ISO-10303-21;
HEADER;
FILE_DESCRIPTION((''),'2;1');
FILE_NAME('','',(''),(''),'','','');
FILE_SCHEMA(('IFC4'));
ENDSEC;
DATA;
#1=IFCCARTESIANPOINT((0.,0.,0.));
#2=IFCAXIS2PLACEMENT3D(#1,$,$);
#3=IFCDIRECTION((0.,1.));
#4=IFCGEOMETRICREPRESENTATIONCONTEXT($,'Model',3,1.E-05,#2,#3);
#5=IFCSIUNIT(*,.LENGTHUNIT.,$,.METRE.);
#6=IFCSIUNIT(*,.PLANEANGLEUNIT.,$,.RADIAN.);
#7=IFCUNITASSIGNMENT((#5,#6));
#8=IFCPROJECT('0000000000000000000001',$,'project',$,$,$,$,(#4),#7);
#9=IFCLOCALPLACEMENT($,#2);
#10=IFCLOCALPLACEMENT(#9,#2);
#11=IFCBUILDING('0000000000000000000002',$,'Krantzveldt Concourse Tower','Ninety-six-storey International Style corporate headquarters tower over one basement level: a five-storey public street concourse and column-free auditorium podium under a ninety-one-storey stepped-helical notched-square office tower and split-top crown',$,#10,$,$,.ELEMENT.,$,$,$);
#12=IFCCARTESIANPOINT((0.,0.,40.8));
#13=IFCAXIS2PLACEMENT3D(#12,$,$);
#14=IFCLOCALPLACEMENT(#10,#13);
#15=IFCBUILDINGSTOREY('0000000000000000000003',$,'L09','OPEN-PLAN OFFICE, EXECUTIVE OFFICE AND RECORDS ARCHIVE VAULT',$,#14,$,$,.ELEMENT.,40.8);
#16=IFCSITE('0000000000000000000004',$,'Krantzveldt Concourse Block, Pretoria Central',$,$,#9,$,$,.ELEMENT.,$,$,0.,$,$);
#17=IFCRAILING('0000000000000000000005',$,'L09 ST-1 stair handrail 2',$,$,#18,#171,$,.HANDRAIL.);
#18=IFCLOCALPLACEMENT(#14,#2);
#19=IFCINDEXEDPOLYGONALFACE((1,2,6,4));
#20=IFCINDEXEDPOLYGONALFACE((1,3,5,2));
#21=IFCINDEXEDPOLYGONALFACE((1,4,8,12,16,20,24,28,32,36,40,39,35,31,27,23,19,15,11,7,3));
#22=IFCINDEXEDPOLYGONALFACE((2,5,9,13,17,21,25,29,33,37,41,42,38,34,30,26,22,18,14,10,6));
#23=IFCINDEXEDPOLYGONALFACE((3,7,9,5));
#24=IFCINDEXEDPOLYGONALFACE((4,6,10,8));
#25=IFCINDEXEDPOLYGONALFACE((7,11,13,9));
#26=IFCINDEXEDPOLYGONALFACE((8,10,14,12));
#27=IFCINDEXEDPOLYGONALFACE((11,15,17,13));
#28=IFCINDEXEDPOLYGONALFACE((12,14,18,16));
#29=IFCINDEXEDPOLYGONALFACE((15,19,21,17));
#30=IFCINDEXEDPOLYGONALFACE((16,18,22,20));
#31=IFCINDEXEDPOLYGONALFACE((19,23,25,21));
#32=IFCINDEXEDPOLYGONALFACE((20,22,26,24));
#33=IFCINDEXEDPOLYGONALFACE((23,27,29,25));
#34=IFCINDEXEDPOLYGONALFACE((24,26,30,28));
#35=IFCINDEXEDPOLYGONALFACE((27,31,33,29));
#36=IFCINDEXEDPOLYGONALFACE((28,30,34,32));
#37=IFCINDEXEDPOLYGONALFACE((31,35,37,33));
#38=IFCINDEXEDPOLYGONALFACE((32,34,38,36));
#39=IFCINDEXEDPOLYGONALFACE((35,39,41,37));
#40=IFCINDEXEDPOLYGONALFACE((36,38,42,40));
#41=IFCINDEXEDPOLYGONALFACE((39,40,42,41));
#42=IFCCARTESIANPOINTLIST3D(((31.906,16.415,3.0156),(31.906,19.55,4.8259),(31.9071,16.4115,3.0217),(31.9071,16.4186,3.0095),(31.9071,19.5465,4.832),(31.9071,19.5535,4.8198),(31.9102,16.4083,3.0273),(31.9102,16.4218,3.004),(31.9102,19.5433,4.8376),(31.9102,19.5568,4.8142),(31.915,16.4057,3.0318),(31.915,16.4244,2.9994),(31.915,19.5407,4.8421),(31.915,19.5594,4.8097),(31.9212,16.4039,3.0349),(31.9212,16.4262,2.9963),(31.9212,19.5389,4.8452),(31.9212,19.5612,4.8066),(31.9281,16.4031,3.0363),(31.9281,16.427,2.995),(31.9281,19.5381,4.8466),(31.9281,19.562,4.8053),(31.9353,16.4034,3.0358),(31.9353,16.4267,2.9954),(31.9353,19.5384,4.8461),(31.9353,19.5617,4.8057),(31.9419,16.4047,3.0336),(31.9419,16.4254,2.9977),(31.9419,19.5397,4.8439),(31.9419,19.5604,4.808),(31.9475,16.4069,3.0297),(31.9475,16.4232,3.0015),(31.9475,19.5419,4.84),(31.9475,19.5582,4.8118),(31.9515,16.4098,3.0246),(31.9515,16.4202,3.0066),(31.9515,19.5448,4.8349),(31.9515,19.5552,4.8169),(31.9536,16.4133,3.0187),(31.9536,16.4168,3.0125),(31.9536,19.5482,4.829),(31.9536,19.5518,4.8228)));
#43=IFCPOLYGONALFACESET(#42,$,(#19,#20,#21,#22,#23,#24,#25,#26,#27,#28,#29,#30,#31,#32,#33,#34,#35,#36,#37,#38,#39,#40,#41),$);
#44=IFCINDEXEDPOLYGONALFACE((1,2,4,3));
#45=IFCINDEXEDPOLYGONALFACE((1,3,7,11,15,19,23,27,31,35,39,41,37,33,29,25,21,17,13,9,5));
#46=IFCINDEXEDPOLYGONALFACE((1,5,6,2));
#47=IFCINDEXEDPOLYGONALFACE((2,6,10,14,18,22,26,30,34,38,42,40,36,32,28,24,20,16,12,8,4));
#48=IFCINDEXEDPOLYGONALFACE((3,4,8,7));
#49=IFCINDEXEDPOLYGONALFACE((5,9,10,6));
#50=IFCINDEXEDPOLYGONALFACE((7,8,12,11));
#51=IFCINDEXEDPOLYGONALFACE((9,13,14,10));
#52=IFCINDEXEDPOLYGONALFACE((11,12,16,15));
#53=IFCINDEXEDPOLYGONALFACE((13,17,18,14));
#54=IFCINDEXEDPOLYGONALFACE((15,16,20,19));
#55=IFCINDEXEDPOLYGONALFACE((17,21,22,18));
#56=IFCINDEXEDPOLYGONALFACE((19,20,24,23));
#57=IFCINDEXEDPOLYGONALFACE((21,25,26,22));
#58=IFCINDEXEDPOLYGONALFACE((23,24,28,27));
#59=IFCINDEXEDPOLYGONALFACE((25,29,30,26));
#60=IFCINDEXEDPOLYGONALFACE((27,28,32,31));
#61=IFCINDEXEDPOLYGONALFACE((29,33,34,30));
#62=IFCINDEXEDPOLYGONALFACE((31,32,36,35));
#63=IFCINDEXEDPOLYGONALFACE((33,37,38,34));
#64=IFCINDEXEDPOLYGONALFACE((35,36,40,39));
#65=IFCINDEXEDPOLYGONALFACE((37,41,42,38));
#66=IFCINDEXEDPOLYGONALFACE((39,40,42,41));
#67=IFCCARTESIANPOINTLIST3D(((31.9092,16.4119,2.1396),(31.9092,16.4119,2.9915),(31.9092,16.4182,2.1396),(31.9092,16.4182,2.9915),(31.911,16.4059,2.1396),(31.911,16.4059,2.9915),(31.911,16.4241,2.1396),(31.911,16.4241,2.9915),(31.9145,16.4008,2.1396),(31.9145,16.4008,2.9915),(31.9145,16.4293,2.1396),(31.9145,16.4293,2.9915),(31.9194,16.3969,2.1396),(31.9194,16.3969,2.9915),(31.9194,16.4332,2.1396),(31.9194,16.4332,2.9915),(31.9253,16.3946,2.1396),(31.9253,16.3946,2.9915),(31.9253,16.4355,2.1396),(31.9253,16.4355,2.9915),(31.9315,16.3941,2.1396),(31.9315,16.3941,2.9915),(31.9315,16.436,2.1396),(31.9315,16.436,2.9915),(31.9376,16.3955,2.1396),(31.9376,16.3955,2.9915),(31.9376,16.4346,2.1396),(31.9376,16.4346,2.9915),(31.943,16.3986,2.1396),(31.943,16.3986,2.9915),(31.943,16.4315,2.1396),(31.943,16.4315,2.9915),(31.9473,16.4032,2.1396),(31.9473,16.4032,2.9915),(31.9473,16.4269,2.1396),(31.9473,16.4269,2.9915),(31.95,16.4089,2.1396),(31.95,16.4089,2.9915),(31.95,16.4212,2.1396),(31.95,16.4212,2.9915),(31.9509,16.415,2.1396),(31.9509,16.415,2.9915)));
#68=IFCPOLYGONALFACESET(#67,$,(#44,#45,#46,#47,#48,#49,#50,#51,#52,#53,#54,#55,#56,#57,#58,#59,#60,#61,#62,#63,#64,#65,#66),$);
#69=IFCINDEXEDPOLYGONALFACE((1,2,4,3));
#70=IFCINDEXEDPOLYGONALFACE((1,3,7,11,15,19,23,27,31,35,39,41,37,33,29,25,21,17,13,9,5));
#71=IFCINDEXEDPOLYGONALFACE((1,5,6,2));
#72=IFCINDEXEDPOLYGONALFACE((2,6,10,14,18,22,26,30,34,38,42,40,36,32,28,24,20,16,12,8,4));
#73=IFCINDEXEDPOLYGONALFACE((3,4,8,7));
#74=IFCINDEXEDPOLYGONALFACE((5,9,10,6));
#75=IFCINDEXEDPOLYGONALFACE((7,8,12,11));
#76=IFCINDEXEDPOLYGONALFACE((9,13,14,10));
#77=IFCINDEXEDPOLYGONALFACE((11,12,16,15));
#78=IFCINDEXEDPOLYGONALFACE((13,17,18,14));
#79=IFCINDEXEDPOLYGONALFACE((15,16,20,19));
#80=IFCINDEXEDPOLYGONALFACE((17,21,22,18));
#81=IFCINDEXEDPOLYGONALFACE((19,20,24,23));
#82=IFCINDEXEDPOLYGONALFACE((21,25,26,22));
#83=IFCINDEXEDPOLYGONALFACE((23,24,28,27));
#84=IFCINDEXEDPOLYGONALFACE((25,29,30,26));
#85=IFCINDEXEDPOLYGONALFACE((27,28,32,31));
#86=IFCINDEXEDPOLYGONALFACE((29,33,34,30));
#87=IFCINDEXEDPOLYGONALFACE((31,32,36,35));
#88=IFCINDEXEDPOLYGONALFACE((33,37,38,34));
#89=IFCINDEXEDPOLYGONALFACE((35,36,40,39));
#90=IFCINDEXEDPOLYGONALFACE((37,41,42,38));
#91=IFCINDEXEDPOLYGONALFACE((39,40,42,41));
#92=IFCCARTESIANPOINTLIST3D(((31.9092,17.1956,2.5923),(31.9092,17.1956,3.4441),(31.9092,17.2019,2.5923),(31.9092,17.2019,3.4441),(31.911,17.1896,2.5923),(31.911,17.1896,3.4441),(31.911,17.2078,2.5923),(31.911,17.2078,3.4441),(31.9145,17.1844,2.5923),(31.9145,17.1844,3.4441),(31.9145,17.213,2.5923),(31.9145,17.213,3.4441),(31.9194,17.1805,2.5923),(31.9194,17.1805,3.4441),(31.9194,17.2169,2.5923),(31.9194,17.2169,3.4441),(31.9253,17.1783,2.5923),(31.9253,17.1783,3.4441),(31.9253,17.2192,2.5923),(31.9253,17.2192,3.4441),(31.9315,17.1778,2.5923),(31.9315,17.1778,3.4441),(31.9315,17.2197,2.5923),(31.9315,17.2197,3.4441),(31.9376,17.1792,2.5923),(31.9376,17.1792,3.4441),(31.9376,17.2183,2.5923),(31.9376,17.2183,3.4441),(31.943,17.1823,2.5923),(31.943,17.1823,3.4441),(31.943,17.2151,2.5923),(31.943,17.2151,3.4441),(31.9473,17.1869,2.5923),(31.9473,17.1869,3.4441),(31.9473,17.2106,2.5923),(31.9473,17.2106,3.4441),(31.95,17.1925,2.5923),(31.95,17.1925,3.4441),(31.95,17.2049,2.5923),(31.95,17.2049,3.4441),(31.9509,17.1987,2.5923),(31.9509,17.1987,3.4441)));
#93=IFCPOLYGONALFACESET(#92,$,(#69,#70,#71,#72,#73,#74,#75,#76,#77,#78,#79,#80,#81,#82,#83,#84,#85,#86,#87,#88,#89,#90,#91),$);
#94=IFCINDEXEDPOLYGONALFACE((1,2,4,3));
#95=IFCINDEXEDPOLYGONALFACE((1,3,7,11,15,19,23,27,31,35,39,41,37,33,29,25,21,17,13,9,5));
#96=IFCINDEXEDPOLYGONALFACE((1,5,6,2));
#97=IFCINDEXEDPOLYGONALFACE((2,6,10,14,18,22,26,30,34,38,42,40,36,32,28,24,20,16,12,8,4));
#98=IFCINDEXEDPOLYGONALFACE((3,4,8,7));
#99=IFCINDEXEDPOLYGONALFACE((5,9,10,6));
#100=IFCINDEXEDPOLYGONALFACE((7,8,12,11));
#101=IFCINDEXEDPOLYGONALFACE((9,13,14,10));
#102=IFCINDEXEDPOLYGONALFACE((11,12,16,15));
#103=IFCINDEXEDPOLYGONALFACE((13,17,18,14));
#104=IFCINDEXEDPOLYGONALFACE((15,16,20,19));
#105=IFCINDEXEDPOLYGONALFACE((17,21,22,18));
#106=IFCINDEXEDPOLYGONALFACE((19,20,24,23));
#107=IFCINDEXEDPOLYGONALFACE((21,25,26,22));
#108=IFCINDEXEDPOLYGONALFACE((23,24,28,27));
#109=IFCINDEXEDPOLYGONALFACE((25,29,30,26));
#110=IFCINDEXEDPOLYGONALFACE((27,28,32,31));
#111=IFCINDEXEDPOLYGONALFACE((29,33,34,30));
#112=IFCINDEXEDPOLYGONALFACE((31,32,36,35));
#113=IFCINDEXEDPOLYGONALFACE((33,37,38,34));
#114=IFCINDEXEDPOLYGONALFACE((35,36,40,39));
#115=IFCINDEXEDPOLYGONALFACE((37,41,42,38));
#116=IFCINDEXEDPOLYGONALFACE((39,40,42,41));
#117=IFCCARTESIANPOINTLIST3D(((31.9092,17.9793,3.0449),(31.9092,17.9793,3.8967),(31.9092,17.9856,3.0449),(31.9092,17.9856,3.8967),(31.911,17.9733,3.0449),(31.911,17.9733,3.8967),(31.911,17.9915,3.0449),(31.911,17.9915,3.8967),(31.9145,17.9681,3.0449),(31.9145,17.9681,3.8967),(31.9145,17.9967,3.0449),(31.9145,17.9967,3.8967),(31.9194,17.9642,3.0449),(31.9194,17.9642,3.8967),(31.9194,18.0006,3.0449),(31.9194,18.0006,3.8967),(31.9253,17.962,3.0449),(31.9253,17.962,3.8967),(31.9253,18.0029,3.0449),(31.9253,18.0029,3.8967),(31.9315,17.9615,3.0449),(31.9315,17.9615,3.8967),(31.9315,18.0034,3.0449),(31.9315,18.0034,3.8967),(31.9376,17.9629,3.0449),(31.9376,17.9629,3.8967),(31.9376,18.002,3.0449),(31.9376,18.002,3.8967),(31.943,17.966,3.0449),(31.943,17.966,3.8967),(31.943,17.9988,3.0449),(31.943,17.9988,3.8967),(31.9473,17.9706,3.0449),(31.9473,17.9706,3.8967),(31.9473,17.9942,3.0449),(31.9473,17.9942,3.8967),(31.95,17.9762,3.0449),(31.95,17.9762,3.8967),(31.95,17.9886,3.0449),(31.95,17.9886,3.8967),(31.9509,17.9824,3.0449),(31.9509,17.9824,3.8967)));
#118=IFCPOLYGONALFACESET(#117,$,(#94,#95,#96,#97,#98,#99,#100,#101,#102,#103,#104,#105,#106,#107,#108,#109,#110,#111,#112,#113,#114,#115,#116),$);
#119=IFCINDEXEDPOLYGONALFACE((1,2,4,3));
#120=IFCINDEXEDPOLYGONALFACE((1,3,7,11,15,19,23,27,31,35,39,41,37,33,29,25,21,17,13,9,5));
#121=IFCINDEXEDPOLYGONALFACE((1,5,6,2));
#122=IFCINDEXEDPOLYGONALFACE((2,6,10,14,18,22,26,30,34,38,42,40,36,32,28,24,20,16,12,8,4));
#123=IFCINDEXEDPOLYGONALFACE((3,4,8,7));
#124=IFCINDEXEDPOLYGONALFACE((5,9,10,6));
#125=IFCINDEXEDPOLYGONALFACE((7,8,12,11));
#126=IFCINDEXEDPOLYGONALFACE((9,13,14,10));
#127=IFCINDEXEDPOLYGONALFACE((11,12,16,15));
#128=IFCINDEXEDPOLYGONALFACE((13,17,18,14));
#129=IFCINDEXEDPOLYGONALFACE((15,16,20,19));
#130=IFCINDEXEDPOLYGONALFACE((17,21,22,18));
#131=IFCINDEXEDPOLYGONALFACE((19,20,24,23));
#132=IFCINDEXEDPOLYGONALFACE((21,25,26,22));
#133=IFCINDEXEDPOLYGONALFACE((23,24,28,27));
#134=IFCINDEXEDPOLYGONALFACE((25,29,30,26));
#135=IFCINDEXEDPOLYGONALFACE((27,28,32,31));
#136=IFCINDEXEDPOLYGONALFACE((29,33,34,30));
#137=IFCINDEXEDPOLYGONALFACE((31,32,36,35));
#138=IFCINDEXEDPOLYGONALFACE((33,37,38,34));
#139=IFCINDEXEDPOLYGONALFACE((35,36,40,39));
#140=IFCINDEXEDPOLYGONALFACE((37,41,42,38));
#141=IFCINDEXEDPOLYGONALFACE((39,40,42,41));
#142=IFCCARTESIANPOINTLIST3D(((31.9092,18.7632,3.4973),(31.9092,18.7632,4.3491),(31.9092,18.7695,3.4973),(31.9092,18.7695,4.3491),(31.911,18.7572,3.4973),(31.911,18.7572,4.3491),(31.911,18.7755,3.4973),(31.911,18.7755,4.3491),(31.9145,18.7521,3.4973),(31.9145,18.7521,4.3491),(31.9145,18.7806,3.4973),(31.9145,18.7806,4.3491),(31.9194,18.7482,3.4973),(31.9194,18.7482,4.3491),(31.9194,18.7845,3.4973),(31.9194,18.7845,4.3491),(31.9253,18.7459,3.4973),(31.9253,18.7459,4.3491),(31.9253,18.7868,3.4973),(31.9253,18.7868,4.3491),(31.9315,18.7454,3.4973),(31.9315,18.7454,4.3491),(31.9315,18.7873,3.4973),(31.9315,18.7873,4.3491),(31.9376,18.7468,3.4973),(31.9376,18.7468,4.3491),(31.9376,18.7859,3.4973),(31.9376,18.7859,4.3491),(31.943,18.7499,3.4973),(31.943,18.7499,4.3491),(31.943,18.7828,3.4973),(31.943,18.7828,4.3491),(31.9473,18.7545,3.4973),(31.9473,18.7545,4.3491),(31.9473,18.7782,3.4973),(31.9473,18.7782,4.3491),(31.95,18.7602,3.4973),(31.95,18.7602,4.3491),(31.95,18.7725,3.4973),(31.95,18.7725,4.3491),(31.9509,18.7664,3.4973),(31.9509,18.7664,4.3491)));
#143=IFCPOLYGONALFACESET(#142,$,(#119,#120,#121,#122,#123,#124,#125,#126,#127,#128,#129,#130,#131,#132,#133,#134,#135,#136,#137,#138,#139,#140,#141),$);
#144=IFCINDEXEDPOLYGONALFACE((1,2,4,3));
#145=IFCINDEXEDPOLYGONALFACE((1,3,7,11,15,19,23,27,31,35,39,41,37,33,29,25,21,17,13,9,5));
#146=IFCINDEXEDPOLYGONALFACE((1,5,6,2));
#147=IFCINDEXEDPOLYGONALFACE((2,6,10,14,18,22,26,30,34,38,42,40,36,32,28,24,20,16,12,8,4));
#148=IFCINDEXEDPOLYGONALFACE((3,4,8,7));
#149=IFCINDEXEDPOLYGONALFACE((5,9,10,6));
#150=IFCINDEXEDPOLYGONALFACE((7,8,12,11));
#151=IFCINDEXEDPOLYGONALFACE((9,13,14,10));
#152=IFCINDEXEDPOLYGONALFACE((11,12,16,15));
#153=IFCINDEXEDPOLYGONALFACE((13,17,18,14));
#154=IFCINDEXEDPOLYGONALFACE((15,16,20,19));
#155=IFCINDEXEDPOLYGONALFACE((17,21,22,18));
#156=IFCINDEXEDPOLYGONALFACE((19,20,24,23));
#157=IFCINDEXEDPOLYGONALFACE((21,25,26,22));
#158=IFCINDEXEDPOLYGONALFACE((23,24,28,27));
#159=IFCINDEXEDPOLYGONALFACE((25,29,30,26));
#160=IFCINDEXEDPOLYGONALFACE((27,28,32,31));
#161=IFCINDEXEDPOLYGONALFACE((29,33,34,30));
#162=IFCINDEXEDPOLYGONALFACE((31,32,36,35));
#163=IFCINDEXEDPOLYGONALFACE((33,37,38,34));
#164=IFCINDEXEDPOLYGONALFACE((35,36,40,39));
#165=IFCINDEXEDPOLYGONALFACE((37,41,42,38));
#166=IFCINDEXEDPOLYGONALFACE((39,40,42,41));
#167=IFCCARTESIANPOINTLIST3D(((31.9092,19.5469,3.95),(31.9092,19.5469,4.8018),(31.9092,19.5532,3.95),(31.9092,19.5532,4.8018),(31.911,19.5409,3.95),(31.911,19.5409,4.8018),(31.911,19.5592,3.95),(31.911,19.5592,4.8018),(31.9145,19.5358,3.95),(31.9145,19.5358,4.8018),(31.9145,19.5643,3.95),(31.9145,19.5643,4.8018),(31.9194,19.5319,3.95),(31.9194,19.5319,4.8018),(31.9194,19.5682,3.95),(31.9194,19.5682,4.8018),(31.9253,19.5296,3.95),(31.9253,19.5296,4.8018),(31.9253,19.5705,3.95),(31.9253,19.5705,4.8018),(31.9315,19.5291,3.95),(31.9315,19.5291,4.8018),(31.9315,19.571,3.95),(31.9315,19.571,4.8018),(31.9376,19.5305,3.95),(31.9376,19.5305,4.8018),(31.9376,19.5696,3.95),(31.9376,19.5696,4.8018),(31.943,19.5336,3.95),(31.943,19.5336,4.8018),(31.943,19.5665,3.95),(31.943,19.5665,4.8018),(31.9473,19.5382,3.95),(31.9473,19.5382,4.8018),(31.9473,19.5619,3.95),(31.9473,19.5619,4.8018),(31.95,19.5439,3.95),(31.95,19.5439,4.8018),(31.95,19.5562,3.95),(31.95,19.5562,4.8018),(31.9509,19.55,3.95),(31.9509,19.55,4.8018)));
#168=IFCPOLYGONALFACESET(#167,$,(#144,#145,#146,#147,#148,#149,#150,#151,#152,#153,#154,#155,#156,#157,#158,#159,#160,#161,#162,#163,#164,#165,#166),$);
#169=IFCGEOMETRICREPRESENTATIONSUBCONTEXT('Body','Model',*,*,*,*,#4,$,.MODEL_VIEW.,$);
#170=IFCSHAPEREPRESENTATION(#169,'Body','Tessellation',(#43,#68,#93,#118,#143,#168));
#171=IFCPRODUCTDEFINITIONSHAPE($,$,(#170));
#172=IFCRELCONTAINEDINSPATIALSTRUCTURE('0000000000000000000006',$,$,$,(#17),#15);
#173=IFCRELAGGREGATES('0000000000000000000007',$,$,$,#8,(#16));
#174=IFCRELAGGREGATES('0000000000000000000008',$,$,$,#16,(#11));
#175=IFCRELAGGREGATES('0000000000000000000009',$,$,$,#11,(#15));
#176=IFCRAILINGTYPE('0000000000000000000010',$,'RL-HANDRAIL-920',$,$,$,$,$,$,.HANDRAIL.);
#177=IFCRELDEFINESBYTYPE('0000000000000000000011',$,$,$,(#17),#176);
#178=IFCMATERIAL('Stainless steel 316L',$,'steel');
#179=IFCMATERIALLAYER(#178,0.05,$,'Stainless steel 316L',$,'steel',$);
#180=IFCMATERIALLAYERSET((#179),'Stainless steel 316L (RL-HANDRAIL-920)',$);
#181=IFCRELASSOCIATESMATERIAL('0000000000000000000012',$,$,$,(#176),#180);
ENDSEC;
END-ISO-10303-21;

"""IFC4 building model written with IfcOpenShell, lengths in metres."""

from ifc_helpers import new_model, si_unit, direction, frame, origin, origin_2d, place, context, subcontext, project, spatial, circle, extrude, material, layer, layer_set, type_object, element, save


model = new_model("IFC4")

# Units and contexts
model_context = context("Model", 3, precision=1e-05, world=origin(), true_north=direction((0.0, 1.0)))
body_context = subcontext(model_context, "Body", "Model", "MODEL_VIEW")
ifc_project = project(units=[si_unit("LENGTHUNIT", "METRE"), si_unit("PLANEANGLEUNIT", "RADIAN")], contexts=[model_context])

# Site, building, storey
site_placement = place(None, origin())
site = spatial("IfcSite", under=ifc_project, at=site_placement, Name="Krantzveldt Concourse Block, Pretoria Central", CompositionType="ELEMENT", RefElevation=0.0)
building_placement = place(site_placement, origin())
building = spatial("IfcBuilding", under=site, at=building_placement, Name="Krantzveldt Concourse Tower", Description="Ninety-six-storey International Style corporate headquarters tower over one basement level: a five-storey public street concourse and column-free auditorium podium under a ninety-one-storey stepped-helical notched-square office tower and split-top crown", CompositionType="ELEMENT")
storey_placement = place(building_placement, frame((0.0, 0.0, 40.8)))
storey = spatial("IfcBuildingStorey", under=building, at=storey_placement, Name="L09", Description="OPEN-PLAN OFFICE, EXECUTIVE OFFICE AND RECORDS ARCHIVE VAULT", CompositionType="ELEMENT", Elevation=40.8)

# Railing
ifc_material_1 = material(Name="Stainless steel 316L", Category="steel")
ifc_layer_1 = layer(ifc_material_1, 0.05, Name="Stainless steel 316L", Category="steel")
ifc_layer_set_1 = layer_set([ifc_layer_1], Name="Stainless steel 316L (RL-HANDRAIL-920)")
railing_type_1 = type_object("IfcRailingType", Name="RL-HANDRAIL-920", PredefinedType="HANDRAIL", material=ifc_layer_set_1)
railing_1_placement = place(storey_placement, frame((31.9299, 16.415, 2.1396)))
element("IfcRailing", 1, at=railing_1_placement, inside=storey, type_object=railing_type_1, Name="L09 ST-1 stair handrail 2", PredefinedType="HANDRAIL", context=body_context, shape_type="SweptSolid", body=[
    extrude(circle(Radius=0.0239, at=origin_2d()), frame((0.0, 0.0, 0.876), z_axis=(0.0, 0.865989, 0.500063), x_axis=(-1.0, 0.0, 0.0)), (0.0, 0.0, 1.0), 3.6201),
    extrude(circle(Radius=0.021, at=origin_2d()), origin(), (0.0, 0.0, 1.0), 0.8518),
    extrude(circle(Radius=0.021, at=origin_2d()), frame((0.0, 0.7837, 0.4526)), (0.0, 0.0, 1.0), 0.8518),
    extrude(circle(Radius=0.021, at=origin_2d()), frame((0.0, 1.5674, 0.9053)), (0.0, 0.0, 1.0), 0.8518),
    extrude(circle(Radius=0.021, at=origin_2d()), frame((0.0, 2.3513, 1.3577)), (0.0, 0.0, 1.0), 0.8518),
    extrude(circle(Radius=0.021, at=origin_2d()), frame((0.0, 3.135, 1.8103)), (0.0, 0.0, 1.0), 0.8518),
])

save(model, "model.ifc")
